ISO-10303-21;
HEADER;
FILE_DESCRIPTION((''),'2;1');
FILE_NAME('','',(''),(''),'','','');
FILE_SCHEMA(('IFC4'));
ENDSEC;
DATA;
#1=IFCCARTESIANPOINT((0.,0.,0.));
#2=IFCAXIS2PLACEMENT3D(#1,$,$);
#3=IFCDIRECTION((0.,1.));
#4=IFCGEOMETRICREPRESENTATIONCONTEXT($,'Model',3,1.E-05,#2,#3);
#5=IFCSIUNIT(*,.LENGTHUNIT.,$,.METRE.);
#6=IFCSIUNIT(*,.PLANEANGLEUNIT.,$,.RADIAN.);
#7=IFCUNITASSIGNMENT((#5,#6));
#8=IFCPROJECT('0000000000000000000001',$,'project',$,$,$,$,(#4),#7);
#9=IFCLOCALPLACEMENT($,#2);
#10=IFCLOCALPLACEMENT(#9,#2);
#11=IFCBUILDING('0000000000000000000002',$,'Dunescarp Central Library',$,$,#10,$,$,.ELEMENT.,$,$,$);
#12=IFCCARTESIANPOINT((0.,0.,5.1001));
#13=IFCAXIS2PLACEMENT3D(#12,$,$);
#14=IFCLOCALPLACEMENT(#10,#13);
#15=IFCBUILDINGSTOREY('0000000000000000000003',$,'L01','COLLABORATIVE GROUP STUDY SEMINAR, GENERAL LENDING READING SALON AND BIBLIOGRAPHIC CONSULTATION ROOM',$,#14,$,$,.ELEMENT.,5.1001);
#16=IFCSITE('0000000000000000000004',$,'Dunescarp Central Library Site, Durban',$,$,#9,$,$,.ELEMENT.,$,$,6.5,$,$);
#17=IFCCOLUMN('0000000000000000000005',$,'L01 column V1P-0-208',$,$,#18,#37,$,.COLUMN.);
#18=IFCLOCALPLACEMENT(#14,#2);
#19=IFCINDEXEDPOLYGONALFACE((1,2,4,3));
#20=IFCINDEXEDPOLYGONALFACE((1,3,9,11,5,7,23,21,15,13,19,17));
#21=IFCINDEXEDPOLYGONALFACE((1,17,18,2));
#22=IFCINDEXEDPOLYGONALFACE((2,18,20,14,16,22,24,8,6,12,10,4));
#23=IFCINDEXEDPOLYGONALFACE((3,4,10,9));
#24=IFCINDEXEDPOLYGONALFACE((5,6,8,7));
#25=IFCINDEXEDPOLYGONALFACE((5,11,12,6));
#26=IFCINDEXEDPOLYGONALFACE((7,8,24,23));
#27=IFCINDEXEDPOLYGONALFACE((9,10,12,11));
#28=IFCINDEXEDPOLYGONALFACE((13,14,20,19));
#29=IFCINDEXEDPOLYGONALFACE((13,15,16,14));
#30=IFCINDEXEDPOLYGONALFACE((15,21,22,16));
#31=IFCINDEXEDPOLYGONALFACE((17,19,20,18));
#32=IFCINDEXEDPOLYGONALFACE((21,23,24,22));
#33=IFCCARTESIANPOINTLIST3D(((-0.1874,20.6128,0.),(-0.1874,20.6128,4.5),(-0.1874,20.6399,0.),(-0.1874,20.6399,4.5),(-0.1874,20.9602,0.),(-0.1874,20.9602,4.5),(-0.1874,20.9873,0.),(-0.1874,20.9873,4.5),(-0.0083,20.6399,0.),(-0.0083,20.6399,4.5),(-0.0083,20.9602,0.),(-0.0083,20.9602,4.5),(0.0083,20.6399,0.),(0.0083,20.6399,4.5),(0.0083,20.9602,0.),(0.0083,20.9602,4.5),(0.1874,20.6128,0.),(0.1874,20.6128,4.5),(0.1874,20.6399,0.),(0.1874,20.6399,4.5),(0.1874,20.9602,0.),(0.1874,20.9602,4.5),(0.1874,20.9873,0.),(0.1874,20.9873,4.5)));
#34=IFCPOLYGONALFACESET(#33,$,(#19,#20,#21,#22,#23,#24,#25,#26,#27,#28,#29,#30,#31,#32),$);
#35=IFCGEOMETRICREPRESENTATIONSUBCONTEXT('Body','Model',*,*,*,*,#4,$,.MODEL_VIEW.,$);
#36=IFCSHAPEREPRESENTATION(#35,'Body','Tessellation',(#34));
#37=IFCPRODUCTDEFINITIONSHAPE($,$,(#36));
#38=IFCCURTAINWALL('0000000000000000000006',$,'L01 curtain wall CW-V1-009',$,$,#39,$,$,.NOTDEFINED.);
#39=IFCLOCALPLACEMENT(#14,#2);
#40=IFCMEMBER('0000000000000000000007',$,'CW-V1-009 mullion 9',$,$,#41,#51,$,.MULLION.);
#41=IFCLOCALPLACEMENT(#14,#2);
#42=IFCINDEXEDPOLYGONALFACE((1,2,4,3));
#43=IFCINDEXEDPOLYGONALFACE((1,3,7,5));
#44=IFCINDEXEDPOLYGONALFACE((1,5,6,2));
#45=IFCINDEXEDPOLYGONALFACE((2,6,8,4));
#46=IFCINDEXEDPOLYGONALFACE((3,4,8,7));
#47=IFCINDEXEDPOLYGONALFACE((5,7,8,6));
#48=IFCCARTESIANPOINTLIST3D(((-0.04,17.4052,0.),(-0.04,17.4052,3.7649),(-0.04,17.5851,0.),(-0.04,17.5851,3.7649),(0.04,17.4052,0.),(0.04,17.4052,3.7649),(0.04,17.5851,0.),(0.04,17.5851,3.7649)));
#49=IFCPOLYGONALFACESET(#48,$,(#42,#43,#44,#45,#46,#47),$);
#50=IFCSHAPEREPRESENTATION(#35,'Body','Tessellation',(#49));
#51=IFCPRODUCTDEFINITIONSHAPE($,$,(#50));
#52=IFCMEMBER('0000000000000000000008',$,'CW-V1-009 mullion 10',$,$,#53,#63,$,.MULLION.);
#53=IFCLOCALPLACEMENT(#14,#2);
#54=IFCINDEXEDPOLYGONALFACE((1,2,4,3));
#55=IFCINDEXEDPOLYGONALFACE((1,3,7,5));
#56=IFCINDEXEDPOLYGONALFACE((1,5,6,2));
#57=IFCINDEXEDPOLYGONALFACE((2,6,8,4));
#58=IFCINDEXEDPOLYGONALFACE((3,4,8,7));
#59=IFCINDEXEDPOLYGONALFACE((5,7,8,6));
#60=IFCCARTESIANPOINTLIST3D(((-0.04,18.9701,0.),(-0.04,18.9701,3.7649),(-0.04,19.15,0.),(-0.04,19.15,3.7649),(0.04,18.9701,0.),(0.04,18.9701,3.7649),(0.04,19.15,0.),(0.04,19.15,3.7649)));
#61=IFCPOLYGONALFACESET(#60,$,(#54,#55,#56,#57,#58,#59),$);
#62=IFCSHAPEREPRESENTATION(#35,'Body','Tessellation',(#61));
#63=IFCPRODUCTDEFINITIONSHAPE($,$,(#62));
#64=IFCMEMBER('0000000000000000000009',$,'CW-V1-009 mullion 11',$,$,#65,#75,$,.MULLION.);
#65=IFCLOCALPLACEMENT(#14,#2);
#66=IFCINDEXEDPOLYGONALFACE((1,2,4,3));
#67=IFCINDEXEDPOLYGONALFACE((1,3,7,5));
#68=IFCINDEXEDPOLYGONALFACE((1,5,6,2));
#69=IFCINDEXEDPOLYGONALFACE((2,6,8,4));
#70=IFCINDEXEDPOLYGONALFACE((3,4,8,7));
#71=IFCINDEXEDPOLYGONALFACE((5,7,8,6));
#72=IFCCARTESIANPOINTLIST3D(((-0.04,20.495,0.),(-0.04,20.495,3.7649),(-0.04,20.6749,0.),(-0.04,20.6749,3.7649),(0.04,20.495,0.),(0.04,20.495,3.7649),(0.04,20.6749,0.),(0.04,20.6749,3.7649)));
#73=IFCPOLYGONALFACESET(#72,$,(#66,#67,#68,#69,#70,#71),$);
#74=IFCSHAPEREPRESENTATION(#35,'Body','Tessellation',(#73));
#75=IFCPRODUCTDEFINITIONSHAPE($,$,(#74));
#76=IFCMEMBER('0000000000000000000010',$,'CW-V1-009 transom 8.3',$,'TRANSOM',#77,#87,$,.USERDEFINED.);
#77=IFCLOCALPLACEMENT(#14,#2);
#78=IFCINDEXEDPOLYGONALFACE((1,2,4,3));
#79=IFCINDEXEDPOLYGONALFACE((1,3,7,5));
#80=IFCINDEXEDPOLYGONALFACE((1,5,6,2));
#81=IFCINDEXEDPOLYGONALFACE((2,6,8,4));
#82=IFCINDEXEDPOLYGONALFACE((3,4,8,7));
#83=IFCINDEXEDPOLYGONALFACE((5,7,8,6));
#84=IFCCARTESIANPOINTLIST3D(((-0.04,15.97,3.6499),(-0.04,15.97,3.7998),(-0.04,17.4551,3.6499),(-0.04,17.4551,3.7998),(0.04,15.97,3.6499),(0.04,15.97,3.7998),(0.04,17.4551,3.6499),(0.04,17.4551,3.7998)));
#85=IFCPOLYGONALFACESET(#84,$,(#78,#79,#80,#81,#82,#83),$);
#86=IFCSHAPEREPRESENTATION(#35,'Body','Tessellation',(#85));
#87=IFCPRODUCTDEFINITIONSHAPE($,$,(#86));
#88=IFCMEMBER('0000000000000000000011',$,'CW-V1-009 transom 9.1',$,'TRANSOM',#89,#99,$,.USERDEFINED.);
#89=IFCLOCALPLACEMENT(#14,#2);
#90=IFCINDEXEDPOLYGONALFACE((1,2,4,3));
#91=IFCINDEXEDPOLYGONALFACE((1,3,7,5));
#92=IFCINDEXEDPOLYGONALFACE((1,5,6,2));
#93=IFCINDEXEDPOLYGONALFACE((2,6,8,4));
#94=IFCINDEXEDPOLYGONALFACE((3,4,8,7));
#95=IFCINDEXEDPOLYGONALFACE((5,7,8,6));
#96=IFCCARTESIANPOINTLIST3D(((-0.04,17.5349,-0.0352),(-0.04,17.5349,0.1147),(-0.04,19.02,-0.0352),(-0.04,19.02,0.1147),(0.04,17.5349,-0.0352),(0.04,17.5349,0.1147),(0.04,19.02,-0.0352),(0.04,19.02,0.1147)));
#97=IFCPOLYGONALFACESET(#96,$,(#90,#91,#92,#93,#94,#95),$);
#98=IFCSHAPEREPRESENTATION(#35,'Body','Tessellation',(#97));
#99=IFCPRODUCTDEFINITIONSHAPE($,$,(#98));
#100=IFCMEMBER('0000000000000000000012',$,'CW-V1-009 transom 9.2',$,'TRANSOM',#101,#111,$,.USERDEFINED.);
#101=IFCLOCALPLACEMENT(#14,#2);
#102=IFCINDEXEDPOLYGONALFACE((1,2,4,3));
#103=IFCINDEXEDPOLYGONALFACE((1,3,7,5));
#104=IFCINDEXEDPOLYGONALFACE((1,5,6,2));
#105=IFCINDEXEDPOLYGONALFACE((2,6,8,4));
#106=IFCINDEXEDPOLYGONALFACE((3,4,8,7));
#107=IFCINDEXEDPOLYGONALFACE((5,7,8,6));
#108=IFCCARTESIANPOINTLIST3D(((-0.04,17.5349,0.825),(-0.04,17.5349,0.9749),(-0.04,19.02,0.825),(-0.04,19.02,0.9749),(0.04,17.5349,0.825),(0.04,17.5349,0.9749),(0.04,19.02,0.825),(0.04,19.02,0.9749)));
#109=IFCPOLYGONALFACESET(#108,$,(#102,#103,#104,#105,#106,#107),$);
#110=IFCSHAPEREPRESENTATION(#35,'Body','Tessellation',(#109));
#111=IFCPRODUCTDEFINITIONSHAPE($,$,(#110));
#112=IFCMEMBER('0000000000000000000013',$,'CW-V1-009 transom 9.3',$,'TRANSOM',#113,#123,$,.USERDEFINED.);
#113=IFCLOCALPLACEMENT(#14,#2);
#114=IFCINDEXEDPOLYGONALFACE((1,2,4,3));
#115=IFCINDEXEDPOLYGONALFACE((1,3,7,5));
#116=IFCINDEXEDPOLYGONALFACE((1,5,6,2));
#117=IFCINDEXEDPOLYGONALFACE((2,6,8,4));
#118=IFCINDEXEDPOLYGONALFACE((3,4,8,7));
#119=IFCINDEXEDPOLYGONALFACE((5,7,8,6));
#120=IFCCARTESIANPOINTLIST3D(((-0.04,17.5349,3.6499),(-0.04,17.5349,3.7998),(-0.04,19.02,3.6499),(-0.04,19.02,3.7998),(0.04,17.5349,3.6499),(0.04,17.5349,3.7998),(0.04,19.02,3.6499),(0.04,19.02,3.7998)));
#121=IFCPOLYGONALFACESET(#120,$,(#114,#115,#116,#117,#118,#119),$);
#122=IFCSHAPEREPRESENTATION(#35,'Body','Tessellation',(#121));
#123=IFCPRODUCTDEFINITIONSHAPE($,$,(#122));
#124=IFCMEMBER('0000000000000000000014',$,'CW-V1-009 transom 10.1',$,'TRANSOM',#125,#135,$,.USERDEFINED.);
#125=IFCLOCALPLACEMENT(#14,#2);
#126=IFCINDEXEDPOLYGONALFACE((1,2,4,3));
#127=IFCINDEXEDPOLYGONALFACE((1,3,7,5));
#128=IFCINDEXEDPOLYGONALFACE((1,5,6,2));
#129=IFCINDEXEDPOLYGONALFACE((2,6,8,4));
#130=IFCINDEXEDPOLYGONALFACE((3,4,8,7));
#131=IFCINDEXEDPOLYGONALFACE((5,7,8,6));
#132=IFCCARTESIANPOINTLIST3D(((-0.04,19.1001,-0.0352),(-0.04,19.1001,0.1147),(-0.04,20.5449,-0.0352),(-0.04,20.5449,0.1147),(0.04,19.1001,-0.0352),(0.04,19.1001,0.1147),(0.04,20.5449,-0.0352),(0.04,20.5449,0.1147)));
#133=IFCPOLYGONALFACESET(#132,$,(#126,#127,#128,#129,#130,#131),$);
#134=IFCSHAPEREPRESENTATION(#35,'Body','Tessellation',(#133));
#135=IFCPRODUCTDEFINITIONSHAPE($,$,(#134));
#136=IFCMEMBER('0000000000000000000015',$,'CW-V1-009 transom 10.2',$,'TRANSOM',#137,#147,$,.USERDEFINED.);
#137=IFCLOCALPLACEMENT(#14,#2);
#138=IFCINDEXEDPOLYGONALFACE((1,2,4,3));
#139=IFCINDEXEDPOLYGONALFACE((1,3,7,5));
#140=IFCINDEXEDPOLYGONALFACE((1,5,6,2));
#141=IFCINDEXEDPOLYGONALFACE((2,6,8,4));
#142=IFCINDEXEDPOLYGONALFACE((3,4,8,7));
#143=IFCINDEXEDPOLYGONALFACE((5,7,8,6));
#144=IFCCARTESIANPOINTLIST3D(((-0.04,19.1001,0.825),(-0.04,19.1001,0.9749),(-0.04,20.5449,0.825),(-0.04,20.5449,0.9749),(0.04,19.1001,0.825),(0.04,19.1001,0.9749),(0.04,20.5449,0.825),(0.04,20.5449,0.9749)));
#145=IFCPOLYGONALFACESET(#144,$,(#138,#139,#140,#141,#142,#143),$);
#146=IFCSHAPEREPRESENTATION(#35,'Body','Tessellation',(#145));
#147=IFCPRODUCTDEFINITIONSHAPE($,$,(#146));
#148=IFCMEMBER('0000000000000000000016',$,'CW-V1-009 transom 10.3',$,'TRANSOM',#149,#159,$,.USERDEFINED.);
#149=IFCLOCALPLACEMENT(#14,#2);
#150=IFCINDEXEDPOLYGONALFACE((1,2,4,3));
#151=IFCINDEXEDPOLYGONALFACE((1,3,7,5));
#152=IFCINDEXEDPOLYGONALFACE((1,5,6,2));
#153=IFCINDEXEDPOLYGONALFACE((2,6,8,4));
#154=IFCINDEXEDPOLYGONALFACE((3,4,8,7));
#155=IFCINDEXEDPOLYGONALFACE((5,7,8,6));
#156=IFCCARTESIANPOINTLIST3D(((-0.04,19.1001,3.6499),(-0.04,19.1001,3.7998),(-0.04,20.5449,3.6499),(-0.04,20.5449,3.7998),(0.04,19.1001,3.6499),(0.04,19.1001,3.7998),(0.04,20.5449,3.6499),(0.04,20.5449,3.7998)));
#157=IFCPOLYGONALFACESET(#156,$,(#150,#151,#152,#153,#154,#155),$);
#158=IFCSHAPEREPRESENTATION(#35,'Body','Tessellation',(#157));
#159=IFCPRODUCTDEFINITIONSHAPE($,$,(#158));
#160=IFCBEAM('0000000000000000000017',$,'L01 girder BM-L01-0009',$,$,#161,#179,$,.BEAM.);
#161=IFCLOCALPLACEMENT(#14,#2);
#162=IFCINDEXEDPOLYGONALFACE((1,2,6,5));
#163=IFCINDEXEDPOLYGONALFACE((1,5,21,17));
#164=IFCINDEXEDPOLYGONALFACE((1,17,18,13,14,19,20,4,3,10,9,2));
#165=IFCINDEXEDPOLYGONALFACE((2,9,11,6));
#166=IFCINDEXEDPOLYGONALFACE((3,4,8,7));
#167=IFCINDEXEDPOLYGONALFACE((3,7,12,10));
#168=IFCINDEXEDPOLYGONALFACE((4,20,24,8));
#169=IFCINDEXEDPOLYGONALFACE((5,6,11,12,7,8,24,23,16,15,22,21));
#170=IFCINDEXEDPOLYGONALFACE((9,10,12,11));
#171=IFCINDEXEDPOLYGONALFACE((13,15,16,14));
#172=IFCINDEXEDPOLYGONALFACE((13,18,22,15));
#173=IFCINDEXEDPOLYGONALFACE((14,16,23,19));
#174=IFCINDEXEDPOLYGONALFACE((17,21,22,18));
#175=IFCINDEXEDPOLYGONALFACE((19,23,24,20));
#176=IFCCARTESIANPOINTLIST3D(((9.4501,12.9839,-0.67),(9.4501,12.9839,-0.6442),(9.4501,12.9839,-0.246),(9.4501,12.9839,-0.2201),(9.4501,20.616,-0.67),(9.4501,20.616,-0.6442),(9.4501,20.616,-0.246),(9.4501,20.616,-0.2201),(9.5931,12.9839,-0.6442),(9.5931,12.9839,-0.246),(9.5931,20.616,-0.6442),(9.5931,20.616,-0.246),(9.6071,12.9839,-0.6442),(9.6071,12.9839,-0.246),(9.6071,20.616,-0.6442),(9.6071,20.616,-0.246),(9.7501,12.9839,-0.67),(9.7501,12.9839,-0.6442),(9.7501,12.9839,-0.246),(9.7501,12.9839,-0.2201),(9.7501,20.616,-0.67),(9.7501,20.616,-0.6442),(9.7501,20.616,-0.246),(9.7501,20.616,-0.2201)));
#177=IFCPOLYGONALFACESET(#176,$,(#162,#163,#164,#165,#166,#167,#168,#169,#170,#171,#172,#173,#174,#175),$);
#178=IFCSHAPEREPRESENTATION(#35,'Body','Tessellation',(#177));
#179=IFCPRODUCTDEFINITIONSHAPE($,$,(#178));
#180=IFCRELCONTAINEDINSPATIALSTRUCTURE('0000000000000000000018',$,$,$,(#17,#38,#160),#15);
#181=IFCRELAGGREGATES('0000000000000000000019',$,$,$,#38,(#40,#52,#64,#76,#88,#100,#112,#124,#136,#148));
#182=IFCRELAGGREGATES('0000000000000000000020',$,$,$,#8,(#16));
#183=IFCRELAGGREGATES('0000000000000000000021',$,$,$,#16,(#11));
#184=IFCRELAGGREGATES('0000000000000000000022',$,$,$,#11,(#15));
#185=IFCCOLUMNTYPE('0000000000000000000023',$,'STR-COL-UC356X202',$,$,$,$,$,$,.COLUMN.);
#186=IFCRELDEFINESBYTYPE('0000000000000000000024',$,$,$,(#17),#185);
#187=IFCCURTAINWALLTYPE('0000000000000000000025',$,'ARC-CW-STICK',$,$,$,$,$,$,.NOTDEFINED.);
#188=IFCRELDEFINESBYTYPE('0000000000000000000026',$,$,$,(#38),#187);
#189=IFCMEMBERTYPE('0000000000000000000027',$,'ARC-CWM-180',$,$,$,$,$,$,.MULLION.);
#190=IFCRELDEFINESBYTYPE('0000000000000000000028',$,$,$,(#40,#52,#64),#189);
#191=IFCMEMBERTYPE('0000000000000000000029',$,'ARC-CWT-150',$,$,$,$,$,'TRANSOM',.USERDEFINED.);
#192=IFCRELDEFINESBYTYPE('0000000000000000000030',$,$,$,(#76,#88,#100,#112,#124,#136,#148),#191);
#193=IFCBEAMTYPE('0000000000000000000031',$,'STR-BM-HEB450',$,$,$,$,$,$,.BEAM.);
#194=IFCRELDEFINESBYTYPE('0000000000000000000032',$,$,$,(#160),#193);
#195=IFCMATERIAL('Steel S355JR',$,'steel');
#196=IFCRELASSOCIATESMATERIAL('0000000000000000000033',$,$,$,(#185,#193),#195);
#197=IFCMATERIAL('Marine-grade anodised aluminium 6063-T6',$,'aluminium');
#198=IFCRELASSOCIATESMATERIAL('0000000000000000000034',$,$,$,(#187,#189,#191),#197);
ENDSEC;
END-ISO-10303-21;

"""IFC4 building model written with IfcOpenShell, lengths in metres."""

from ifc_helpers import new_model, si_unit, direction, frame, origin, origin_2d, place, context, subcontext, project, spatial, rectangle, i_section, extrude, material, material_profile, profile_set, type_object, element, aggregate, save


model = new_model("IFC4")

# Units and contexts
model_context = context("Model", 3, precision=1e-05, world=origin(), true_north=direction((0.0, 1.0)))
body_context = subcontext(model_context, "Body", "Model", "MODEL_VIEW")
ifc_project = project(units=[si_unit("LENGTHUNIT", "METRE"), si_unit("PLANEANGLEUNIT", "RADIAN")], contexts=[model_context])

# Site, building, storey
site_placement = place(None, origin())
site = spatial("IfcSite", under=ifc_project, at=site_placement, Name="Dunescarp Central Library Site, Durban", CompositionType="ELEMENT", RefElevation=6.5)
building_placement = place(site_placement, origin())
building = spatial("IfcBuilding", under=site, at=building_placement, Name="Dunescarp Central Library", CompositionType="ELEMENT")
storey_placement = place(building_placement, frame((0.0, 0.0, 5.1001)))
storey = spatial("IfcBuildingStorey", under=building, at=storey_placement, Name="L01", Description="COLLABORATIVE GROUP STUDY SEMINAR, GENERAL LENDING READING SALON AND BIBLIOGRAPHIC CONSULTATION ROOM", CompositionType="ELEMENT", Elevation=5.1001)

# Column
ifc_material_1 = material(Name="Steel S355JR", Category="steel")
ifc_material_profile_1 = material_profile(ifc_material_1, i_section(OverallWidth=0.3748, OverallDepth=0.3745, WebThickness=0.0166, FlangeThickness=0.0271, at=origin_2d()), Name="UC 356x368x202")
ifc_profile_set_1 = profile_set([ifc_material_profile_1], Name="Steel S355JR")
column_type = type_object("IfcColumnType", Name="STR-COL-UC356X202", PredefinedType="COLUMN", material=ifc_profile_set_1)
column_placement = place(storey_placement, frame((0.0, 20.8, 0.0), z_axis=(0.0, 0.0, 1.0), x_axis=(1.0, 0.0, 0.0)))
element("IfcColumn", 1, at=column_placement, inside=storey, type_object=column_type, Name="L01 column V1P-0-208", PredefinedType="COLUMN", context=body_context, shape_type="SweptSolid", body=[
    extrude(i_section(OverallWidth=0.3748, OverallDepth=0.3745, WebThickness=0.0166, FlangeThickness=0.0271, at=origin_2d()), origin(), (0.0, 0.0, 1.0), 4.5),
])

# Curtain wall, members
ifc_material_2 = material(Name="Marine-grade anodised aluminium 6063-T6", Category="aluminium")
curtain_wall_type = type_object("IfcCurtainWallType", Name="ARC-CW-STICK", PredefinedType="NOTDEFINED", material=ifc_material_2)
curtain_wall_placement = place(storey_placement, origin())
curtain_wall = element("IfcCurtainWall", 2, at=curtain_wall_placement, inside=storey, type_object=curtain_wall_type, Name="L01 curtain wall CW-V1-009", PredefinedType="NOTDEFINED")
ifc_material_profile_2 = material_profile(ifc_material_2, rectangle(XDim=0.0801, YDim=0.1799, at=origin_2d()), Name="AL 80x180")
ifc_profile_set_2 = profile_set([ifc_material_profile_2], Name="Marine-grade anodised aluminium 6063-T6")
member_type_1 = type_object("IfcMemberType", Name="ARC-CWM-180", PredefinedType="MULLION", material=ifc_profile_set_2)
member_1_placement = place(storey_placement, frame((0.0, 17.4951, 0.0), z_axis=(0.0, 0.0, 1.0), x_axis=(-1.0, 0.0, 0.0)))
member_1 = element("IfcMember", 3, at=member_1_placement, type_object=member_type_1, Name="CW-V1-009 mullion 9", PredefinedType="MULLION", context=body_context, shape_type="SweptSolid", body=[
    extrude(rectangle(XDim=0.0801, YDim=0.1799, at=origin_2d()), origin(), (0.0, 0.0, 1.0), 3.7649),
])
member_2_placement = place(storey_placement, frame((0.0, 19.0601, 0.0), z_axis=(0.0, 0.0, 1.0), x_axis=(-1.0, 0.0, 0.0)))
member_2 = element("IfcMember", 4, at=member_2_placement, type_object=member_type_1, Name="CW-V1-009 mullion 10", PredefinedType="MULLION", context=body_context, shape_type="SweptSolid", body=[
    extrude(rectangle(XDim=0.0801, YDim=0.1799, at=origin_2d()), origin(), (0.0, 0.0, 1.0), 3.7649),
])
member_3_placement = place(storey_placement, frame((0.0, 20.585, 0.0), z_axis=(0.0, 0.0, 1.0), x_axis=(-1.0, 0.0, 0.0)))
member_3 = element("IfcMember", 5, at=member_3_placement, type_object=member_type_1, Name="CW-V1-009 mullion 11", PredefinedType="MULLION", context=body_context, shape_type="SweptSolid", body=[
    extrude(rectangle(XDim=0.0801, YDim=0.1799, at=origin_2d()), origin(), (0.0, 0.0, 1.0), 3.7649),
])
ifc_material_profile_3 = material_profile(ifc_material_2, rectangle(XDim=0.0801, YDim=0.1499, at=origin_2d()), Name="AL 80x150")
ifc_profile_set_3 = profile_set([ifc_material_profile_3], Name="Marine-grade anodised aluminium 6063-T6")
member_type_2 = type_object("IfcMemberType", Name="ARC-CWT-150", ElementType="TRANSOM", PredefinedType="USERDEFINED", material=ifc_profile_set_3)
member_4_placement = place(storey_placement, frame((0.0, 15.97, 3.7249), z_axis=(0.0, 1.0, 0.0), x_axis=(-1.0, 0.0, 0.0)))
member_4 = element("IfcMember", 6, at=member_4_placement, type_object=member_type_2, Name="CW-V1-009 transom 8.3", ObjectType="TRANSOM", PredefinedType="USERDEFINED", context=body_context, shape_type="SweptSolid", body=[
    extrude(rectangle(XDim=0.0801, YDim=0.1499, at=origin_2d()), origin(), (0.0, 0.0, 1.0), 1.4851),
])
member_5_placement = place(storey_placement, frame((0.0, 17.5349, 0.0398), z_axis=(0.0, 1.0, 0.0), x_axis=(-1.0, 0.0, 0.0)))
member_5 = element("IfcMember", 7, at=member_5_placement, type_object=member_type_2, Name="CW-V1-009 transom 9.1", ObjectType="TRANSOM", PredefinedType="USERDEFINED", context=body_context, shape_type="SweptSolid", body=[
    extrude(rectangle(XDim=0.0801, YDim=0.1499, at=origin_2d()), origin(), (0.0, 0.0, 1.0), 1.4851),
])
member_6_placement = place(storey_placement, frame((0.0, 17.5349, 0.8999), z_axis=(0.0, 1.0, 0.0), x_axis=(-1.0, 0.0, 0.0)))
member_6 = element("IfcMember", 8, at=member_6_placement, type_object=member_type_2, Name="CW-V1-009 transom 9.2", ObjectType="TRANSOM", PredefinedType="USERDEFINED", context=body_context, shape_type="SweptSolid", body=[
    extrude(rectangle(XDim=0.0801, YDim=0.1499, at=origin_2d()), origin(), (0.0, 0.0, 1.0), 1.4851),
])
member_7_placement = place(storey_placement, frame((0.0, 17.5349, 3.7249), z_axis=(0.0, 1.0, 0.0), x_axis=(-1.0, 0.0, 0.0)))
member_7 = element("IfcMember", 9, at=member_7_placement, type_object=member_type_2, Name="CW-V1-009 transom 9.3", ObjectType="TRANSOM", PredefinedType="USERDEFINED", context=body_context, shape_type="SweptSolid", body=[
    extrude(rectangle(XDim=0.0801, YDim=0.1499, at=origin_2d()), origin(), (0.0, 0.0, 1.0), 1.4851),
])
member_8_placement = place(storey_placement, frame((0.0, 19.1001, 0.0398), z_axis=(0.0, 1.0, 0.0), x_axis=(-1.0, 0.0, 0.0)))
member_8 = element("IfcMember", 10, at=member_8_placement, type_object=member_type_2, Name="CW-V1-009 transom 10.1", ObjectType="TRANSOM", PredefinedType="USERDEFINED", context=body_context, shape_type="SweptSolid", body=[
    extrude(rectangle(XDim=0.0801, YDim=0.1499, at=origin_2d()), origin(), (0.0, 0.0, 1.0), 1.4448),
])
member_9_placement = place(storey_placement, frame((0.0, 19.1001, 0.8999), z_axis=(0.0, 1.0, 0.0), x_axis=(-1.0, 0.0, 0.0)))
member_9 = element("IfcMember", 11, at=member_9_placement, type_object=member_type_2, Name="CW-V1-009 transom 10.2", ObjectType="TRANSOM", PredefinedType="USERDEFINED", context=body_context, shape_type="SweptSolid", body=[
    extrude(rectangle(XDim=0.0801, YDim=0.1499, at=origin_2d()), origin(), (0.0, 0.0, 1.0), 1.4448),
])
member_10_placement = place(storey_placement, frame((0.0, 19.1001, 3.7249), z_axis=(0.0, 1.0, 0.0), x_axis=(-1.0, 0.0, 0.0)))
member_10 = element("IfcMember", 12, at=member_10_placement, type_object=member_type_2, Name="CW-V1-009 transom 10.3", ObjectType="TRANSOM", PredefinedType="USERDEFINED", context=body_context, shape_type="SweptSolid", body=[
    extrude(rectangle(XDim=0.0801, YDim=0.1499, at=origin_2d()), origin(), (0.0, 0.0, 1.0), 1.4448),
])

# Beam
ifc_material_profile_4 = material_profile(ifc_material_1, i_section(OverallWidth=0.3, OverallDepth=0.45, WebThickness=0.0139, FlangeThickness=0.0259, at=origin_2d()), Name="HEB 450")
ifc_profile_set_4 = profile_set([ifc_material_profile_4], Name="Steel S355JR")
beam_type_1 = type_object("IfcBeamType", Name="STR-BM-HEB450", PredefinedType="BEAM", material=ifc_profile_set_4)
beam_1_placement = place(storey_placement, frame((9.6001, 12.9839, -0.4451), z_axis=(0.0, 1.0, 0.0), x_axis=(-1.0, 0.0, 0.0)))
element("IfcBeam", 13, at=beam_1_placement, inside=storey, type_object=beam_type_1, Name="L01 girder BM-L01-0009", PredefinedType="BEAM", context=body_context, shape_type="SweptSolid", body=[
    extrude(i_section(OverallWidth=0.3, OverallDepth=0.45, WebThickness=0.0139, FlangeThickness=0.0259, at=origin_2d()), origin(), (0.0, 0.0, 1.0), 7.6321),
])

aggregate(curtain_wall, [member_1, member_2, member_3, member_4, member_5, member_6, member_7, member_8, member_9, member_10])

save(model, "model.ifc")
